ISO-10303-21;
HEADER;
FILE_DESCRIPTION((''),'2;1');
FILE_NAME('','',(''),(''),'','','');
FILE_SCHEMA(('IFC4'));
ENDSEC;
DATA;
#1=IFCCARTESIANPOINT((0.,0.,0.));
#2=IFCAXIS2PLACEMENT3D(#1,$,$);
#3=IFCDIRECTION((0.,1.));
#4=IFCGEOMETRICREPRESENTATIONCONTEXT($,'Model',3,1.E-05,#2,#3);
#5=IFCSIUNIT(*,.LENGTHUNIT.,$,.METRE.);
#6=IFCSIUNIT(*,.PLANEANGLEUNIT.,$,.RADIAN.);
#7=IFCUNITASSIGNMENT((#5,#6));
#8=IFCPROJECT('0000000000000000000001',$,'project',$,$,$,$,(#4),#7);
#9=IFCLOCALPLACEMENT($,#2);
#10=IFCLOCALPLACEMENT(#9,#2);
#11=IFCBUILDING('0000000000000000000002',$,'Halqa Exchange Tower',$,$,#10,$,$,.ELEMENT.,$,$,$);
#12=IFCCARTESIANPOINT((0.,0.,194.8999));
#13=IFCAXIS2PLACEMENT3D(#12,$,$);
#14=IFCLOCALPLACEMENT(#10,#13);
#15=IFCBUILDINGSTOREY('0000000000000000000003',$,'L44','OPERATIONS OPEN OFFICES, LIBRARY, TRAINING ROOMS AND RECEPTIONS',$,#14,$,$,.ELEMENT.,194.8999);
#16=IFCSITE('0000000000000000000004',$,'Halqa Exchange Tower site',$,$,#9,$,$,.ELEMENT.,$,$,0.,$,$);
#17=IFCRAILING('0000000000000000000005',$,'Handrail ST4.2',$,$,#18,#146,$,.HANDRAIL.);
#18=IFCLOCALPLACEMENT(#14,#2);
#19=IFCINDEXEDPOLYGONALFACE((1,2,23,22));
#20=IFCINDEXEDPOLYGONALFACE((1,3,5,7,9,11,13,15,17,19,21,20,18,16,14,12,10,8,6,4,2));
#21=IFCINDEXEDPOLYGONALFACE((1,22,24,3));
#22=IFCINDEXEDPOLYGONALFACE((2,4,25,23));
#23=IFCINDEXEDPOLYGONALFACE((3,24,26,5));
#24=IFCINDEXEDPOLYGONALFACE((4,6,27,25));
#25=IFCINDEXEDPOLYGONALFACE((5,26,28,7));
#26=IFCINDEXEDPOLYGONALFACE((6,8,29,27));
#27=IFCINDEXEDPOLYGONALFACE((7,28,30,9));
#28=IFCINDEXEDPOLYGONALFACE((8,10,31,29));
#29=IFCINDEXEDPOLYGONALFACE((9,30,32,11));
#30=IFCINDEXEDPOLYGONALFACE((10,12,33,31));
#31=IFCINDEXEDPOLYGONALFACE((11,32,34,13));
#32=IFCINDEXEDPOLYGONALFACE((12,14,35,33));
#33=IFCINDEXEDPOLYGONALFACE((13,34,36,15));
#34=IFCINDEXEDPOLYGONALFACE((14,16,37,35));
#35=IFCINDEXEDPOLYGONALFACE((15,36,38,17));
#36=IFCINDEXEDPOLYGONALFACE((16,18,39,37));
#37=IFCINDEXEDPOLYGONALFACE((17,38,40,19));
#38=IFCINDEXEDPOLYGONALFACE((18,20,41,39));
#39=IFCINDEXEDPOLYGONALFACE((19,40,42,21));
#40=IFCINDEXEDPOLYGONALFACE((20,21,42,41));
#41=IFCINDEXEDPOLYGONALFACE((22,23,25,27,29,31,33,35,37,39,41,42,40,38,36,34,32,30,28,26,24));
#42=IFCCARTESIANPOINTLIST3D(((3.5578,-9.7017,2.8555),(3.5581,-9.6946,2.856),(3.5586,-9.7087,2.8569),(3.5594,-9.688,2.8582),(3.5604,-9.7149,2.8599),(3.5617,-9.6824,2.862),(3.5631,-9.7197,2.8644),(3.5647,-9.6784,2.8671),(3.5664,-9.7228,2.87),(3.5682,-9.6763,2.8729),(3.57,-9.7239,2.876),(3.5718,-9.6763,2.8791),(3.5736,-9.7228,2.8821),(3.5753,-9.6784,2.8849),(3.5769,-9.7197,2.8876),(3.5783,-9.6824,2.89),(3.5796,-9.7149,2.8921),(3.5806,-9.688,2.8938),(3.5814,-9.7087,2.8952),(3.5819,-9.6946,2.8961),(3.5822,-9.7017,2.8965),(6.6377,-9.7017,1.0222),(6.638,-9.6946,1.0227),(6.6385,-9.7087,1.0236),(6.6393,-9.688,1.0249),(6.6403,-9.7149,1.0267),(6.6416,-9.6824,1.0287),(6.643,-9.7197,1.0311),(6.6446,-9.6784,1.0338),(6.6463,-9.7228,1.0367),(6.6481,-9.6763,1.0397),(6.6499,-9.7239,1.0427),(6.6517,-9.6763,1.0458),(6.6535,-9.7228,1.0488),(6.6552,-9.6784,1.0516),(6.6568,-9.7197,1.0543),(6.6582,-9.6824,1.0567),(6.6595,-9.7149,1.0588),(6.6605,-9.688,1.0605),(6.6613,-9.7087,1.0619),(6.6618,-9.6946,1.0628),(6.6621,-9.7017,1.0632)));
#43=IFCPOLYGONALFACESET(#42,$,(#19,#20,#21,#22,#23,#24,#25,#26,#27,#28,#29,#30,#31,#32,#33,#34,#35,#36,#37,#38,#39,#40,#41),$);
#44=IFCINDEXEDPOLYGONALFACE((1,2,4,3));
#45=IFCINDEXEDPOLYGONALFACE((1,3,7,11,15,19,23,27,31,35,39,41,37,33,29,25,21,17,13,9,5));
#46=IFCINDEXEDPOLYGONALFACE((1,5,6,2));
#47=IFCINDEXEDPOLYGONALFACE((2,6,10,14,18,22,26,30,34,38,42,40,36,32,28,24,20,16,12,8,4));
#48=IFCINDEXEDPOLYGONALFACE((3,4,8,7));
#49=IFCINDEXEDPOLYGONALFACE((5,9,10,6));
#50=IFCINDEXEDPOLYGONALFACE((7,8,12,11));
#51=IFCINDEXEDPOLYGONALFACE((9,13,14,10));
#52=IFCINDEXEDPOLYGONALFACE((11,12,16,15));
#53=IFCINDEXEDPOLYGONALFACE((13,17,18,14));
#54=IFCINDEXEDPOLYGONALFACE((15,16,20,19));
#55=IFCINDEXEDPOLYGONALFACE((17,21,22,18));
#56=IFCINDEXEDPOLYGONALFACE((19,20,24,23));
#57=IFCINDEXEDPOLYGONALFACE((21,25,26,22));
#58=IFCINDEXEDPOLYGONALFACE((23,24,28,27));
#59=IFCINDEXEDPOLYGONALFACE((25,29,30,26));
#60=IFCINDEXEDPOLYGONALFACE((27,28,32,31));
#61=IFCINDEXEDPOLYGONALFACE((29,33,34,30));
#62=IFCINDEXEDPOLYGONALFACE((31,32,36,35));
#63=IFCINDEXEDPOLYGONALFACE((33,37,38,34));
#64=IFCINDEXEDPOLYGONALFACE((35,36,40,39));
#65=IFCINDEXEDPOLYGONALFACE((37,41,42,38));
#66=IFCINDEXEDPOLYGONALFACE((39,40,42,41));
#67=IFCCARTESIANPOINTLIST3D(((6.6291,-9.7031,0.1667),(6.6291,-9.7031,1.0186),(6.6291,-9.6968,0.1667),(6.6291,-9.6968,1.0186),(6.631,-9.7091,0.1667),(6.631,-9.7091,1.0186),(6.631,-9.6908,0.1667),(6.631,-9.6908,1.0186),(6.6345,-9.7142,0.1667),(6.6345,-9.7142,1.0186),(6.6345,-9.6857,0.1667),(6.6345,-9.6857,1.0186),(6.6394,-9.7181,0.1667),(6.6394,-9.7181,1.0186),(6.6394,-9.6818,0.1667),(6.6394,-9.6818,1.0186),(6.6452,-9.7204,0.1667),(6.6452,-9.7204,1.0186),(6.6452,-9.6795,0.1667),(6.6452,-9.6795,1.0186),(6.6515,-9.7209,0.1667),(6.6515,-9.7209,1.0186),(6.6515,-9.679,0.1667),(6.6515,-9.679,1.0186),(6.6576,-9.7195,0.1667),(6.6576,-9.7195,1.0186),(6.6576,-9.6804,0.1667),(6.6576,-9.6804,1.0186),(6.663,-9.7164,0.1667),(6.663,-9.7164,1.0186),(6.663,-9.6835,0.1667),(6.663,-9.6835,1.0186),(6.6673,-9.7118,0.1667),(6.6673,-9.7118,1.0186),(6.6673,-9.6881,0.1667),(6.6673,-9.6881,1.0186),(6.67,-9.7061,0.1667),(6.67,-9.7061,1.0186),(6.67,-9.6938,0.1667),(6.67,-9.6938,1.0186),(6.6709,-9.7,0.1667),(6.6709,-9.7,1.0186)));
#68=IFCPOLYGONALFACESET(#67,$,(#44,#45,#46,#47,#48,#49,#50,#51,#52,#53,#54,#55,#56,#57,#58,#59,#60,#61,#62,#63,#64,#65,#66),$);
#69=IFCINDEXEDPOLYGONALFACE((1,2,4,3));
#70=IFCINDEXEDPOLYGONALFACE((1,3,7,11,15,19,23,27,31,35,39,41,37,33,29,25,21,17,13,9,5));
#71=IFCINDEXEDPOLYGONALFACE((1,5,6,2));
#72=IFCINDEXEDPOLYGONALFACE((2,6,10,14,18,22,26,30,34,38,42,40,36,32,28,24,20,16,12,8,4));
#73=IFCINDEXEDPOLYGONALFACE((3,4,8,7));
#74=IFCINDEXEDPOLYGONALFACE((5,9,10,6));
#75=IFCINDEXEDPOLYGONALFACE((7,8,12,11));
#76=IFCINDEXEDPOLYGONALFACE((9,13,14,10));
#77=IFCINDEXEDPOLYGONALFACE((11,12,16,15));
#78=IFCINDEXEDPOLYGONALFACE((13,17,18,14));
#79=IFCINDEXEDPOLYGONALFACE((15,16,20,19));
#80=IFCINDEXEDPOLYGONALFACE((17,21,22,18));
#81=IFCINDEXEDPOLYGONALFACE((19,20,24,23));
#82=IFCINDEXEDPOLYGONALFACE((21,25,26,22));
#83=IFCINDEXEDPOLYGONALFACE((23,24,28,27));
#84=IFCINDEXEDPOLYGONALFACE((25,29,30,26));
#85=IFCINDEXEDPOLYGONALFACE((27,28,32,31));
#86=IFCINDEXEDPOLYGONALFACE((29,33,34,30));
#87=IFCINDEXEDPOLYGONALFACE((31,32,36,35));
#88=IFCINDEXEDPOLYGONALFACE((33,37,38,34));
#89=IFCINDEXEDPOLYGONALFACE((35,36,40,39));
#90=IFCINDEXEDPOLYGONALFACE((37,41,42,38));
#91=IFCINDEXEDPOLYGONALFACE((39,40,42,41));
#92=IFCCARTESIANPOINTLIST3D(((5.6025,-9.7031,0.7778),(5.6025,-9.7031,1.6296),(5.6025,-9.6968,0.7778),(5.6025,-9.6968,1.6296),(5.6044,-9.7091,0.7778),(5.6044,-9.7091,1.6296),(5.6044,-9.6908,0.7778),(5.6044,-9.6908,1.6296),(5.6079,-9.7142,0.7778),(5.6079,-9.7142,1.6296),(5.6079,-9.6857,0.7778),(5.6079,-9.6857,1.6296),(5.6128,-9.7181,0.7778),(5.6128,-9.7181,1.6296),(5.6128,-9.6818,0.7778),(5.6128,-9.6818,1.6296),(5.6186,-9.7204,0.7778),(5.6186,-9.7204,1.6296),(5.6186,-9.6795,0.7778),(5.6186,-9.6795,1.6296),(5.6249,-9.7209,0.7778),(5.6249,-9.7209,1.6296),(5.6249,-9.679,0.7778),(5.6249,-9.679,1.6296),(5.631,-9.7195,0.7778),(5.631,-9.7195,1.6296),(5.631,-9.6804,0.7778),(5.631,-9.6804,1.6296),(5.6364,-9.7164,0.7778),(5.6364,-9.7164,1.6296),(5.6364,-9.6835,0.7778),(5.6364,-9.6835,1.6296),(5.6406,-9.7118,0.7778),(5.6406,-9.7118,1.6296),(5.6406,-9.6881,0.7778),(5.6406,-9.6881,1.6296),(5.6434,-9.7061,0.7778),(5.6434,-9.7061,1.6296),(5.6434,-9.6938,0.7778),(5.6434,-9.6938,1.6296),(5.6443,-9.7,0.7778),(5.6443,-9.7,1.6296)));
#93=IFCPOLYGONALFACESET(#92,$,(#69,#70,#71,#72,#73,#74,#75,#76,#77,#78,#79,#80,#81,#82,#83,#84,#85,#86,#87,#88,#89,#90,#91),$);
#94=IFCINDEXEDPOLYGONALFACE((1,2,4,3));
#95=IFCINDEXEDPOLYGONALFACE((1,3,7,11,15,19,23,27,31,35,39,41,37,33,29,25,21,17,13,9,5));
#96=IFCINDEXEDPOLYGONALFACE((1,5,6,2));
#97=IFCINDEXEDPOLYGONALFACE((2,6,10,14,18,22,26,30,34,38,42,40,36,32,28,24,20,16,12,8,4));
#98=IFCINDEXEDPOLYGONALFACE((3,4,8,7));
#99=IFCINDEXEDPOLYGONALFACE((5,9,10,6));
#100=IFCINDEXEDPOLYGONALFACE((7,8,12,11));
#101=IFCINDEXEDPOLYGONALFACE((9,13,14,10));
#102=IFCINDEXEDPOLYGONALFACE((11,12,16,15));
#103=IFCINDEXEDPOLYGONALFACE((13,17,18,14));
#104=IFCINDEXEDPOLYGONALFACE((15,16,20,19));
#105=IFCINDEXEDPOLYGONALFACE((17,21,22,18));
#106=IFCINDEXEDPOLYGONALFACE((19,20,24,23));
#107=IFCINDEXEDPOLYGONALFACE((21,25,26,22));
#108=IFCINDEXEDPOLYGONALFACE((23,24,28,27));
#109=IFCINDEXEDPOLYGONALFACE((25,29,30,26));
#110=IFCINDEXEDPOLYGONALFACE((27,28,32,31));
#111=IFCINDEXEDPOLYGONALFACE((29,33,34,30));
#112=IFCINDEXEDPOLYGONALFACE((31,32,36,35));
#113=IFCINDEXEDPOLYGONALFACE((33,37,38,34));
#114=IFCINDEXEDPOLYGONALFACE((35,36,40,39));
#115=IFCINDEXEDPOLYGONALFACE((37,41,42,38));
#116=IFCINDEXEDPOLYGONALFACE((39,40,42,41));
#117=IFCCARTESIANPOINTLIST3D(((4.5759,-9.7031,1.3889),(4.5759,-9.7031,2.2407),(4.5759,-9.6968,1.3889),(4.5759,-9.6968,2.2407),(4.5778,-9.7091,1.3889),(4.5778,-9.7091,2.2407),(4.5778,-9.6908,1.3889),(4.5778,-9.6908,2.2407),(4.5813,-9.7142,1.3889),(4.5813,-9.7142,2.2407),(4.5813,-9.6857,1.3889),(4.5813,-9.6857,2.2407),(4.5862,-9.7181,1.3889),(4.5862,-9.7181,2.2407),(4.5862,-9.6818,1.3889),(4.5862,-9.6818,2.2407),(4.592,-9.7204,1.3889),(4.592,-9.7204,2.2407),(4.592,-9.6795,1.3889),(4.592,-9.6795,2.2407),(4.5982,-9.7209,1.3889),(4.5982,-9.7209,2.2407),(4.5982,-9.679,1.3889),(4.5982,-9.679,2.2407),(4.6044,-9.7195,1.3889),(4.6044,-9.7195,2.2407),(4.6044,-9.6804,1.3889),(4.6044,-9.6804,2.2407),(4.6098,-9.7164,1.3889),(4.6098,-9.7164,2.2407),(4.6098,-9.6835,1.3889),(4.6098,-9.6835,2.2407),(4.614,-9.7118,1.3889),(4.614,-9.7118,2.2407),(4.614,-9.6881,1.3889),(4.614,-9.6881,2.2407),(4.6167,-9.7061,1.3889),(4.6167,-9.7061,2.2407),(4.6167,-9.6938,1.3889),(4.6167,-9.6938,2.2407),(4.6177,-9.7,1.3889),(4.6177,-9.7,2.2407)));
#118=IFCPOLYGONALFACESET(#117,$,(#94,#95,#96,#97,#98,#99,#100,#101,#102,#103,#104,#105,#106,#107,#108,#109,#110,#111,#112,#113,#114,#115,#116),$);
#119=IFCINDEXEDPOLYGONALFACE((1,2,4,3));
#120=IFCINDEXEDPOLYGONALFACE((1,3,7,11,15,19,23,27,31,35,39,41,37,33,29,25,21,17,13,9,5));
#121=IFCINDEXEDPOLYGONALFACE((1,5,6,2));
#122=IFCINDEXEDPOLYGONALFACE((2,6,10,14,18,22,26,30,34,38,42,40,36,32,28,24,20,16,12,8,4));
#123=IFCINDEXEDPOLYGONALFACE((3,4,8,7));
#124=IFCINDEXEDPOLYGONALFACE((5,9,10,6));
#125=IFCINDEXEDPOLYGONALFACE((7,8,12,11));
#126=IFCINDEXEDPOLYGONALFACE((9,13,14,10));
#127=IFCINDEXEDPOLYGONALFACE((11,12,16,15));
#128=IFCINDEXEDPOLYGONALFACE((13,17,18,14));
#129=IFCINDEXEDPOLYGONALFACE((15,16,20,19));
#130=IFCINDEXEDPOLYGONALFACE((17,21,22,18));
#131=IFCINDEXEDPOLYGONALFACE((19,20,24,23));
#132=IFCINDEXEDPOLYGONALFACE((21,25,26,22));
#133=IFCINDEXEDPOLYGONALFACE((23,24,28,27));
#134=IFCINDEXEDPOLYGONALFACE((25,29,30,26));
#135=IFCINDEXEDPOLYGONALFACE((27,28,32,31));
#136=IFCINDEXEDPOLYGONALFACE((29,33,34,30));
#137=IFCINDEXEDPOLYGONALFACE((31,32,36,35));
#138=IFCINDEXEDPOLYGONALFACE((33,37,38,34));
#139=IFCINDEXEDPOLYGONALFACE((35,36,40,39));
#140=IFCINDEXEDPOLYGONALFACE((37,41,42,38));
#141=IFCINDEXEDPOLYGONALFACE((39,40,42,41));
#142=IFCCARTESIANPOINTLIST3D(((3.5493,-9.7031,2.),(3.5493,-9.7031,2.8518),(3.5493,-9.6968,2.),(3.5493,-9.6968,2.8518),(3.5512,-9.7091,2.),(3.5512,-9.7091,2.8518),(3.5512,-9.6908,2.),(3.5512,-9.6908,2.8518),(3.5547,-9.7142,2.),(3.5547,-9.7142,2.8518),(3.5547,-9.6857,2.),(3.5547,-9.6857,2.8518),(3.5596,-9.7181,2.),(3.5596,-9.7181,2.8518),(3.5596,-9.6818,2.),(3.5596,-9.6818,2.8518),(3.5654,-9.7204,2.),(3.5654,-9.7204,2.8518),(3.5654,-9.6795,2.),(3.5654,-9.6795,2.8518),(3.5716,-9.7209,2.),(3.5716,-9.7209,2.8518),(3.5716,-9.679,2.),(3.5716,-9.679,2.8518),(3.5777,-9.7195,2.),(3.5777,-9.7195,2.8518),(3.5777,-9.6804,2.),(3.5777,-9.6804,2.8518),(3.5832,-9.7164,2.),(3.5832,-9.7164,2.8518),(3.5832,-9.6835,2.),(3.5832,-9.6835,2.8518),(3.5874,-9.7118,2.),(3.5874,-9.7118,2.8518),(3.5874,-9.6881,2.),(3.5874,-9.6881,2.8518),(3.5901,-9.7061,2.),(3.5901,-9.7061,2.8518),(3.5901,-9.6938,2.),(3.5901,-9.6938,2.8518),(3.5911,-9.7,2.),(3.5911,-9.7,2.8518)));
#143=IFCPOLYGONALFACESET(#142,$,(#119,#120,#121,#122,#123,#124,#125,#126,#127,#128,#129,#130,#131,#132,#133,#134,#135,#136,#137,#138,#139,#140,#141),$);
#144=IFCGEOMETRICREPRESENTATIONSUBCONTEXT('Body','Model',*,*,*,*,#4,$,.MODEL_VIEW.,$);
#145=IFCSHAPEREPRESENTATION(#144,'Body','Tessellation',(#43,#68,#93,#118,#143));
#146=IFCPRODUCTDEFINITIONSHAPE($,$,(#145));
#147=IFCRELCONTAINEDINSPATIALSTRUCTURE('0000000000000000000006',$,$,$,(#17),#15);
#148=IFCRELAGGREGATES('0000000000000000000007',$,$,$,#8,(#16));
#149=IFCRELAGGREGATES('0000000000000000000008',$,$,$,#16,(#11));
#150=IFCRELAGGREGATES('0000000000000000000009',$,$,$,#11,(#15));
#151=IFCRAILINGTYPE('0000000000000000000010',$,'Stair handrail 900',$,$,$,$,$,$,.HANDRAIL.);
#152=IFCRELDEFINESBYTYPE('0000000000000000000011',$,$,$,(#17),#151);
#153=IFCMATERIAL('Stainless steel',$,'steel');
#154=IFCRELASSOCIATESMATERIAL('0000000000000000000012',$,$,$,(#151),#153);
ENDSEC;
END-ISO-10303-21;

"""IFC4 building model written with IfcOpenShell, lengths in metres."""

from ifc_helpers import new_model, si_unit, direction, frame, origin, origin_2d, place, context, subcontext, project, spatial, circle, extrude, material, type_object, element, save


model = new_model("IFC4")

# Units and contexts
model_context = context("Model", 3, precision=1e-05, world=origin(), true_north=direction((0.0, 1.0)))
body_context = subcontext(model_context, "Body", "Model", "MODEL_VIEW")
ifc_project = project(units=[si_unit("LENGTHUNIT", "METRE"), si_unit("PLANEANGLEUNIT", "RADIAN")], contexts=[model_context])

# Site, building, storey
site_placement = place(None, origin())
site = spatial("IfcSite", under=ifc_project, at=site_placement, Name="Halqa Exchange Tower site", CompositionType="ELEMENT", RefElevation=0.0)
building_placement = place(site_placement, origin())
building = spatial("IfcBuilding", under=site, at=building_placement, Name="Halqa Exchange Tower", CompositionType="ELEMENT")
storey_placement = place(building_placement, frame((0.0, 0.0, 194.8999)))
storey = spatial("IfcBuildingStorey", under=building, at=storey_placement, Name="L44", Description="OPERATIONS OPEN OFFICES, LIBRARY, TRAINING ROOMS AND RECEPTIONS", CompositionType="ELEMENT", Elevation=194.8999)

# Railing
ifc_material_1 = material(Name="Stainless steel", Category="steel")
railing_type_1 = type_object("IfcRailingType", Name="Stair handrail 900", PredefinedType="HANDRAIL", material=ifc_material_1)
railing_1_placement = place(storey_placement, frame((6.6499, -9.7, 0.1667)))
element("IfcRailing", 1, at=railing_1_placement, inside=storey, type_object=railing_type_1, Name="Handrail ST4.2", PredefinedType="HANDRAIL", context=body_context, shape_type="SweptSolid", body=[
    extrude(circle(Radius=0.0239, at=origin_2d()), frame((0.0, 0.0, 0.876), z_axis=(-0.859291, 0.0, 0.511487), x_axis=(0.0, -1.0, 0.0)), (0.0, 0.0, 1.0), 3.5842),
    extrude(circle(Radius=0.021, at=origin_2d()), origin(), (0.0, 0.0, 1.0), 0.8518),
    extrude(circle(Radius=0.021, at=origin_2d()), frame((-1.0266, 0.0, 0.6111)), (0.0, 0.0, 1.0), 0.8518),
    extrude(circle(Radius=0.021, at=origin_2d()), frame((-2.0532, 0.0, 1.2222)), (0.0, 0.0, 1.0), 0.8518),
    extrude(circle(Radius=0.021, at=origin_2d()), frame((-3.0798, 0.0, 1.8333)), (0.0, 0.0, 1.0), 0.8518),
])

save(model, "model.ifc")
